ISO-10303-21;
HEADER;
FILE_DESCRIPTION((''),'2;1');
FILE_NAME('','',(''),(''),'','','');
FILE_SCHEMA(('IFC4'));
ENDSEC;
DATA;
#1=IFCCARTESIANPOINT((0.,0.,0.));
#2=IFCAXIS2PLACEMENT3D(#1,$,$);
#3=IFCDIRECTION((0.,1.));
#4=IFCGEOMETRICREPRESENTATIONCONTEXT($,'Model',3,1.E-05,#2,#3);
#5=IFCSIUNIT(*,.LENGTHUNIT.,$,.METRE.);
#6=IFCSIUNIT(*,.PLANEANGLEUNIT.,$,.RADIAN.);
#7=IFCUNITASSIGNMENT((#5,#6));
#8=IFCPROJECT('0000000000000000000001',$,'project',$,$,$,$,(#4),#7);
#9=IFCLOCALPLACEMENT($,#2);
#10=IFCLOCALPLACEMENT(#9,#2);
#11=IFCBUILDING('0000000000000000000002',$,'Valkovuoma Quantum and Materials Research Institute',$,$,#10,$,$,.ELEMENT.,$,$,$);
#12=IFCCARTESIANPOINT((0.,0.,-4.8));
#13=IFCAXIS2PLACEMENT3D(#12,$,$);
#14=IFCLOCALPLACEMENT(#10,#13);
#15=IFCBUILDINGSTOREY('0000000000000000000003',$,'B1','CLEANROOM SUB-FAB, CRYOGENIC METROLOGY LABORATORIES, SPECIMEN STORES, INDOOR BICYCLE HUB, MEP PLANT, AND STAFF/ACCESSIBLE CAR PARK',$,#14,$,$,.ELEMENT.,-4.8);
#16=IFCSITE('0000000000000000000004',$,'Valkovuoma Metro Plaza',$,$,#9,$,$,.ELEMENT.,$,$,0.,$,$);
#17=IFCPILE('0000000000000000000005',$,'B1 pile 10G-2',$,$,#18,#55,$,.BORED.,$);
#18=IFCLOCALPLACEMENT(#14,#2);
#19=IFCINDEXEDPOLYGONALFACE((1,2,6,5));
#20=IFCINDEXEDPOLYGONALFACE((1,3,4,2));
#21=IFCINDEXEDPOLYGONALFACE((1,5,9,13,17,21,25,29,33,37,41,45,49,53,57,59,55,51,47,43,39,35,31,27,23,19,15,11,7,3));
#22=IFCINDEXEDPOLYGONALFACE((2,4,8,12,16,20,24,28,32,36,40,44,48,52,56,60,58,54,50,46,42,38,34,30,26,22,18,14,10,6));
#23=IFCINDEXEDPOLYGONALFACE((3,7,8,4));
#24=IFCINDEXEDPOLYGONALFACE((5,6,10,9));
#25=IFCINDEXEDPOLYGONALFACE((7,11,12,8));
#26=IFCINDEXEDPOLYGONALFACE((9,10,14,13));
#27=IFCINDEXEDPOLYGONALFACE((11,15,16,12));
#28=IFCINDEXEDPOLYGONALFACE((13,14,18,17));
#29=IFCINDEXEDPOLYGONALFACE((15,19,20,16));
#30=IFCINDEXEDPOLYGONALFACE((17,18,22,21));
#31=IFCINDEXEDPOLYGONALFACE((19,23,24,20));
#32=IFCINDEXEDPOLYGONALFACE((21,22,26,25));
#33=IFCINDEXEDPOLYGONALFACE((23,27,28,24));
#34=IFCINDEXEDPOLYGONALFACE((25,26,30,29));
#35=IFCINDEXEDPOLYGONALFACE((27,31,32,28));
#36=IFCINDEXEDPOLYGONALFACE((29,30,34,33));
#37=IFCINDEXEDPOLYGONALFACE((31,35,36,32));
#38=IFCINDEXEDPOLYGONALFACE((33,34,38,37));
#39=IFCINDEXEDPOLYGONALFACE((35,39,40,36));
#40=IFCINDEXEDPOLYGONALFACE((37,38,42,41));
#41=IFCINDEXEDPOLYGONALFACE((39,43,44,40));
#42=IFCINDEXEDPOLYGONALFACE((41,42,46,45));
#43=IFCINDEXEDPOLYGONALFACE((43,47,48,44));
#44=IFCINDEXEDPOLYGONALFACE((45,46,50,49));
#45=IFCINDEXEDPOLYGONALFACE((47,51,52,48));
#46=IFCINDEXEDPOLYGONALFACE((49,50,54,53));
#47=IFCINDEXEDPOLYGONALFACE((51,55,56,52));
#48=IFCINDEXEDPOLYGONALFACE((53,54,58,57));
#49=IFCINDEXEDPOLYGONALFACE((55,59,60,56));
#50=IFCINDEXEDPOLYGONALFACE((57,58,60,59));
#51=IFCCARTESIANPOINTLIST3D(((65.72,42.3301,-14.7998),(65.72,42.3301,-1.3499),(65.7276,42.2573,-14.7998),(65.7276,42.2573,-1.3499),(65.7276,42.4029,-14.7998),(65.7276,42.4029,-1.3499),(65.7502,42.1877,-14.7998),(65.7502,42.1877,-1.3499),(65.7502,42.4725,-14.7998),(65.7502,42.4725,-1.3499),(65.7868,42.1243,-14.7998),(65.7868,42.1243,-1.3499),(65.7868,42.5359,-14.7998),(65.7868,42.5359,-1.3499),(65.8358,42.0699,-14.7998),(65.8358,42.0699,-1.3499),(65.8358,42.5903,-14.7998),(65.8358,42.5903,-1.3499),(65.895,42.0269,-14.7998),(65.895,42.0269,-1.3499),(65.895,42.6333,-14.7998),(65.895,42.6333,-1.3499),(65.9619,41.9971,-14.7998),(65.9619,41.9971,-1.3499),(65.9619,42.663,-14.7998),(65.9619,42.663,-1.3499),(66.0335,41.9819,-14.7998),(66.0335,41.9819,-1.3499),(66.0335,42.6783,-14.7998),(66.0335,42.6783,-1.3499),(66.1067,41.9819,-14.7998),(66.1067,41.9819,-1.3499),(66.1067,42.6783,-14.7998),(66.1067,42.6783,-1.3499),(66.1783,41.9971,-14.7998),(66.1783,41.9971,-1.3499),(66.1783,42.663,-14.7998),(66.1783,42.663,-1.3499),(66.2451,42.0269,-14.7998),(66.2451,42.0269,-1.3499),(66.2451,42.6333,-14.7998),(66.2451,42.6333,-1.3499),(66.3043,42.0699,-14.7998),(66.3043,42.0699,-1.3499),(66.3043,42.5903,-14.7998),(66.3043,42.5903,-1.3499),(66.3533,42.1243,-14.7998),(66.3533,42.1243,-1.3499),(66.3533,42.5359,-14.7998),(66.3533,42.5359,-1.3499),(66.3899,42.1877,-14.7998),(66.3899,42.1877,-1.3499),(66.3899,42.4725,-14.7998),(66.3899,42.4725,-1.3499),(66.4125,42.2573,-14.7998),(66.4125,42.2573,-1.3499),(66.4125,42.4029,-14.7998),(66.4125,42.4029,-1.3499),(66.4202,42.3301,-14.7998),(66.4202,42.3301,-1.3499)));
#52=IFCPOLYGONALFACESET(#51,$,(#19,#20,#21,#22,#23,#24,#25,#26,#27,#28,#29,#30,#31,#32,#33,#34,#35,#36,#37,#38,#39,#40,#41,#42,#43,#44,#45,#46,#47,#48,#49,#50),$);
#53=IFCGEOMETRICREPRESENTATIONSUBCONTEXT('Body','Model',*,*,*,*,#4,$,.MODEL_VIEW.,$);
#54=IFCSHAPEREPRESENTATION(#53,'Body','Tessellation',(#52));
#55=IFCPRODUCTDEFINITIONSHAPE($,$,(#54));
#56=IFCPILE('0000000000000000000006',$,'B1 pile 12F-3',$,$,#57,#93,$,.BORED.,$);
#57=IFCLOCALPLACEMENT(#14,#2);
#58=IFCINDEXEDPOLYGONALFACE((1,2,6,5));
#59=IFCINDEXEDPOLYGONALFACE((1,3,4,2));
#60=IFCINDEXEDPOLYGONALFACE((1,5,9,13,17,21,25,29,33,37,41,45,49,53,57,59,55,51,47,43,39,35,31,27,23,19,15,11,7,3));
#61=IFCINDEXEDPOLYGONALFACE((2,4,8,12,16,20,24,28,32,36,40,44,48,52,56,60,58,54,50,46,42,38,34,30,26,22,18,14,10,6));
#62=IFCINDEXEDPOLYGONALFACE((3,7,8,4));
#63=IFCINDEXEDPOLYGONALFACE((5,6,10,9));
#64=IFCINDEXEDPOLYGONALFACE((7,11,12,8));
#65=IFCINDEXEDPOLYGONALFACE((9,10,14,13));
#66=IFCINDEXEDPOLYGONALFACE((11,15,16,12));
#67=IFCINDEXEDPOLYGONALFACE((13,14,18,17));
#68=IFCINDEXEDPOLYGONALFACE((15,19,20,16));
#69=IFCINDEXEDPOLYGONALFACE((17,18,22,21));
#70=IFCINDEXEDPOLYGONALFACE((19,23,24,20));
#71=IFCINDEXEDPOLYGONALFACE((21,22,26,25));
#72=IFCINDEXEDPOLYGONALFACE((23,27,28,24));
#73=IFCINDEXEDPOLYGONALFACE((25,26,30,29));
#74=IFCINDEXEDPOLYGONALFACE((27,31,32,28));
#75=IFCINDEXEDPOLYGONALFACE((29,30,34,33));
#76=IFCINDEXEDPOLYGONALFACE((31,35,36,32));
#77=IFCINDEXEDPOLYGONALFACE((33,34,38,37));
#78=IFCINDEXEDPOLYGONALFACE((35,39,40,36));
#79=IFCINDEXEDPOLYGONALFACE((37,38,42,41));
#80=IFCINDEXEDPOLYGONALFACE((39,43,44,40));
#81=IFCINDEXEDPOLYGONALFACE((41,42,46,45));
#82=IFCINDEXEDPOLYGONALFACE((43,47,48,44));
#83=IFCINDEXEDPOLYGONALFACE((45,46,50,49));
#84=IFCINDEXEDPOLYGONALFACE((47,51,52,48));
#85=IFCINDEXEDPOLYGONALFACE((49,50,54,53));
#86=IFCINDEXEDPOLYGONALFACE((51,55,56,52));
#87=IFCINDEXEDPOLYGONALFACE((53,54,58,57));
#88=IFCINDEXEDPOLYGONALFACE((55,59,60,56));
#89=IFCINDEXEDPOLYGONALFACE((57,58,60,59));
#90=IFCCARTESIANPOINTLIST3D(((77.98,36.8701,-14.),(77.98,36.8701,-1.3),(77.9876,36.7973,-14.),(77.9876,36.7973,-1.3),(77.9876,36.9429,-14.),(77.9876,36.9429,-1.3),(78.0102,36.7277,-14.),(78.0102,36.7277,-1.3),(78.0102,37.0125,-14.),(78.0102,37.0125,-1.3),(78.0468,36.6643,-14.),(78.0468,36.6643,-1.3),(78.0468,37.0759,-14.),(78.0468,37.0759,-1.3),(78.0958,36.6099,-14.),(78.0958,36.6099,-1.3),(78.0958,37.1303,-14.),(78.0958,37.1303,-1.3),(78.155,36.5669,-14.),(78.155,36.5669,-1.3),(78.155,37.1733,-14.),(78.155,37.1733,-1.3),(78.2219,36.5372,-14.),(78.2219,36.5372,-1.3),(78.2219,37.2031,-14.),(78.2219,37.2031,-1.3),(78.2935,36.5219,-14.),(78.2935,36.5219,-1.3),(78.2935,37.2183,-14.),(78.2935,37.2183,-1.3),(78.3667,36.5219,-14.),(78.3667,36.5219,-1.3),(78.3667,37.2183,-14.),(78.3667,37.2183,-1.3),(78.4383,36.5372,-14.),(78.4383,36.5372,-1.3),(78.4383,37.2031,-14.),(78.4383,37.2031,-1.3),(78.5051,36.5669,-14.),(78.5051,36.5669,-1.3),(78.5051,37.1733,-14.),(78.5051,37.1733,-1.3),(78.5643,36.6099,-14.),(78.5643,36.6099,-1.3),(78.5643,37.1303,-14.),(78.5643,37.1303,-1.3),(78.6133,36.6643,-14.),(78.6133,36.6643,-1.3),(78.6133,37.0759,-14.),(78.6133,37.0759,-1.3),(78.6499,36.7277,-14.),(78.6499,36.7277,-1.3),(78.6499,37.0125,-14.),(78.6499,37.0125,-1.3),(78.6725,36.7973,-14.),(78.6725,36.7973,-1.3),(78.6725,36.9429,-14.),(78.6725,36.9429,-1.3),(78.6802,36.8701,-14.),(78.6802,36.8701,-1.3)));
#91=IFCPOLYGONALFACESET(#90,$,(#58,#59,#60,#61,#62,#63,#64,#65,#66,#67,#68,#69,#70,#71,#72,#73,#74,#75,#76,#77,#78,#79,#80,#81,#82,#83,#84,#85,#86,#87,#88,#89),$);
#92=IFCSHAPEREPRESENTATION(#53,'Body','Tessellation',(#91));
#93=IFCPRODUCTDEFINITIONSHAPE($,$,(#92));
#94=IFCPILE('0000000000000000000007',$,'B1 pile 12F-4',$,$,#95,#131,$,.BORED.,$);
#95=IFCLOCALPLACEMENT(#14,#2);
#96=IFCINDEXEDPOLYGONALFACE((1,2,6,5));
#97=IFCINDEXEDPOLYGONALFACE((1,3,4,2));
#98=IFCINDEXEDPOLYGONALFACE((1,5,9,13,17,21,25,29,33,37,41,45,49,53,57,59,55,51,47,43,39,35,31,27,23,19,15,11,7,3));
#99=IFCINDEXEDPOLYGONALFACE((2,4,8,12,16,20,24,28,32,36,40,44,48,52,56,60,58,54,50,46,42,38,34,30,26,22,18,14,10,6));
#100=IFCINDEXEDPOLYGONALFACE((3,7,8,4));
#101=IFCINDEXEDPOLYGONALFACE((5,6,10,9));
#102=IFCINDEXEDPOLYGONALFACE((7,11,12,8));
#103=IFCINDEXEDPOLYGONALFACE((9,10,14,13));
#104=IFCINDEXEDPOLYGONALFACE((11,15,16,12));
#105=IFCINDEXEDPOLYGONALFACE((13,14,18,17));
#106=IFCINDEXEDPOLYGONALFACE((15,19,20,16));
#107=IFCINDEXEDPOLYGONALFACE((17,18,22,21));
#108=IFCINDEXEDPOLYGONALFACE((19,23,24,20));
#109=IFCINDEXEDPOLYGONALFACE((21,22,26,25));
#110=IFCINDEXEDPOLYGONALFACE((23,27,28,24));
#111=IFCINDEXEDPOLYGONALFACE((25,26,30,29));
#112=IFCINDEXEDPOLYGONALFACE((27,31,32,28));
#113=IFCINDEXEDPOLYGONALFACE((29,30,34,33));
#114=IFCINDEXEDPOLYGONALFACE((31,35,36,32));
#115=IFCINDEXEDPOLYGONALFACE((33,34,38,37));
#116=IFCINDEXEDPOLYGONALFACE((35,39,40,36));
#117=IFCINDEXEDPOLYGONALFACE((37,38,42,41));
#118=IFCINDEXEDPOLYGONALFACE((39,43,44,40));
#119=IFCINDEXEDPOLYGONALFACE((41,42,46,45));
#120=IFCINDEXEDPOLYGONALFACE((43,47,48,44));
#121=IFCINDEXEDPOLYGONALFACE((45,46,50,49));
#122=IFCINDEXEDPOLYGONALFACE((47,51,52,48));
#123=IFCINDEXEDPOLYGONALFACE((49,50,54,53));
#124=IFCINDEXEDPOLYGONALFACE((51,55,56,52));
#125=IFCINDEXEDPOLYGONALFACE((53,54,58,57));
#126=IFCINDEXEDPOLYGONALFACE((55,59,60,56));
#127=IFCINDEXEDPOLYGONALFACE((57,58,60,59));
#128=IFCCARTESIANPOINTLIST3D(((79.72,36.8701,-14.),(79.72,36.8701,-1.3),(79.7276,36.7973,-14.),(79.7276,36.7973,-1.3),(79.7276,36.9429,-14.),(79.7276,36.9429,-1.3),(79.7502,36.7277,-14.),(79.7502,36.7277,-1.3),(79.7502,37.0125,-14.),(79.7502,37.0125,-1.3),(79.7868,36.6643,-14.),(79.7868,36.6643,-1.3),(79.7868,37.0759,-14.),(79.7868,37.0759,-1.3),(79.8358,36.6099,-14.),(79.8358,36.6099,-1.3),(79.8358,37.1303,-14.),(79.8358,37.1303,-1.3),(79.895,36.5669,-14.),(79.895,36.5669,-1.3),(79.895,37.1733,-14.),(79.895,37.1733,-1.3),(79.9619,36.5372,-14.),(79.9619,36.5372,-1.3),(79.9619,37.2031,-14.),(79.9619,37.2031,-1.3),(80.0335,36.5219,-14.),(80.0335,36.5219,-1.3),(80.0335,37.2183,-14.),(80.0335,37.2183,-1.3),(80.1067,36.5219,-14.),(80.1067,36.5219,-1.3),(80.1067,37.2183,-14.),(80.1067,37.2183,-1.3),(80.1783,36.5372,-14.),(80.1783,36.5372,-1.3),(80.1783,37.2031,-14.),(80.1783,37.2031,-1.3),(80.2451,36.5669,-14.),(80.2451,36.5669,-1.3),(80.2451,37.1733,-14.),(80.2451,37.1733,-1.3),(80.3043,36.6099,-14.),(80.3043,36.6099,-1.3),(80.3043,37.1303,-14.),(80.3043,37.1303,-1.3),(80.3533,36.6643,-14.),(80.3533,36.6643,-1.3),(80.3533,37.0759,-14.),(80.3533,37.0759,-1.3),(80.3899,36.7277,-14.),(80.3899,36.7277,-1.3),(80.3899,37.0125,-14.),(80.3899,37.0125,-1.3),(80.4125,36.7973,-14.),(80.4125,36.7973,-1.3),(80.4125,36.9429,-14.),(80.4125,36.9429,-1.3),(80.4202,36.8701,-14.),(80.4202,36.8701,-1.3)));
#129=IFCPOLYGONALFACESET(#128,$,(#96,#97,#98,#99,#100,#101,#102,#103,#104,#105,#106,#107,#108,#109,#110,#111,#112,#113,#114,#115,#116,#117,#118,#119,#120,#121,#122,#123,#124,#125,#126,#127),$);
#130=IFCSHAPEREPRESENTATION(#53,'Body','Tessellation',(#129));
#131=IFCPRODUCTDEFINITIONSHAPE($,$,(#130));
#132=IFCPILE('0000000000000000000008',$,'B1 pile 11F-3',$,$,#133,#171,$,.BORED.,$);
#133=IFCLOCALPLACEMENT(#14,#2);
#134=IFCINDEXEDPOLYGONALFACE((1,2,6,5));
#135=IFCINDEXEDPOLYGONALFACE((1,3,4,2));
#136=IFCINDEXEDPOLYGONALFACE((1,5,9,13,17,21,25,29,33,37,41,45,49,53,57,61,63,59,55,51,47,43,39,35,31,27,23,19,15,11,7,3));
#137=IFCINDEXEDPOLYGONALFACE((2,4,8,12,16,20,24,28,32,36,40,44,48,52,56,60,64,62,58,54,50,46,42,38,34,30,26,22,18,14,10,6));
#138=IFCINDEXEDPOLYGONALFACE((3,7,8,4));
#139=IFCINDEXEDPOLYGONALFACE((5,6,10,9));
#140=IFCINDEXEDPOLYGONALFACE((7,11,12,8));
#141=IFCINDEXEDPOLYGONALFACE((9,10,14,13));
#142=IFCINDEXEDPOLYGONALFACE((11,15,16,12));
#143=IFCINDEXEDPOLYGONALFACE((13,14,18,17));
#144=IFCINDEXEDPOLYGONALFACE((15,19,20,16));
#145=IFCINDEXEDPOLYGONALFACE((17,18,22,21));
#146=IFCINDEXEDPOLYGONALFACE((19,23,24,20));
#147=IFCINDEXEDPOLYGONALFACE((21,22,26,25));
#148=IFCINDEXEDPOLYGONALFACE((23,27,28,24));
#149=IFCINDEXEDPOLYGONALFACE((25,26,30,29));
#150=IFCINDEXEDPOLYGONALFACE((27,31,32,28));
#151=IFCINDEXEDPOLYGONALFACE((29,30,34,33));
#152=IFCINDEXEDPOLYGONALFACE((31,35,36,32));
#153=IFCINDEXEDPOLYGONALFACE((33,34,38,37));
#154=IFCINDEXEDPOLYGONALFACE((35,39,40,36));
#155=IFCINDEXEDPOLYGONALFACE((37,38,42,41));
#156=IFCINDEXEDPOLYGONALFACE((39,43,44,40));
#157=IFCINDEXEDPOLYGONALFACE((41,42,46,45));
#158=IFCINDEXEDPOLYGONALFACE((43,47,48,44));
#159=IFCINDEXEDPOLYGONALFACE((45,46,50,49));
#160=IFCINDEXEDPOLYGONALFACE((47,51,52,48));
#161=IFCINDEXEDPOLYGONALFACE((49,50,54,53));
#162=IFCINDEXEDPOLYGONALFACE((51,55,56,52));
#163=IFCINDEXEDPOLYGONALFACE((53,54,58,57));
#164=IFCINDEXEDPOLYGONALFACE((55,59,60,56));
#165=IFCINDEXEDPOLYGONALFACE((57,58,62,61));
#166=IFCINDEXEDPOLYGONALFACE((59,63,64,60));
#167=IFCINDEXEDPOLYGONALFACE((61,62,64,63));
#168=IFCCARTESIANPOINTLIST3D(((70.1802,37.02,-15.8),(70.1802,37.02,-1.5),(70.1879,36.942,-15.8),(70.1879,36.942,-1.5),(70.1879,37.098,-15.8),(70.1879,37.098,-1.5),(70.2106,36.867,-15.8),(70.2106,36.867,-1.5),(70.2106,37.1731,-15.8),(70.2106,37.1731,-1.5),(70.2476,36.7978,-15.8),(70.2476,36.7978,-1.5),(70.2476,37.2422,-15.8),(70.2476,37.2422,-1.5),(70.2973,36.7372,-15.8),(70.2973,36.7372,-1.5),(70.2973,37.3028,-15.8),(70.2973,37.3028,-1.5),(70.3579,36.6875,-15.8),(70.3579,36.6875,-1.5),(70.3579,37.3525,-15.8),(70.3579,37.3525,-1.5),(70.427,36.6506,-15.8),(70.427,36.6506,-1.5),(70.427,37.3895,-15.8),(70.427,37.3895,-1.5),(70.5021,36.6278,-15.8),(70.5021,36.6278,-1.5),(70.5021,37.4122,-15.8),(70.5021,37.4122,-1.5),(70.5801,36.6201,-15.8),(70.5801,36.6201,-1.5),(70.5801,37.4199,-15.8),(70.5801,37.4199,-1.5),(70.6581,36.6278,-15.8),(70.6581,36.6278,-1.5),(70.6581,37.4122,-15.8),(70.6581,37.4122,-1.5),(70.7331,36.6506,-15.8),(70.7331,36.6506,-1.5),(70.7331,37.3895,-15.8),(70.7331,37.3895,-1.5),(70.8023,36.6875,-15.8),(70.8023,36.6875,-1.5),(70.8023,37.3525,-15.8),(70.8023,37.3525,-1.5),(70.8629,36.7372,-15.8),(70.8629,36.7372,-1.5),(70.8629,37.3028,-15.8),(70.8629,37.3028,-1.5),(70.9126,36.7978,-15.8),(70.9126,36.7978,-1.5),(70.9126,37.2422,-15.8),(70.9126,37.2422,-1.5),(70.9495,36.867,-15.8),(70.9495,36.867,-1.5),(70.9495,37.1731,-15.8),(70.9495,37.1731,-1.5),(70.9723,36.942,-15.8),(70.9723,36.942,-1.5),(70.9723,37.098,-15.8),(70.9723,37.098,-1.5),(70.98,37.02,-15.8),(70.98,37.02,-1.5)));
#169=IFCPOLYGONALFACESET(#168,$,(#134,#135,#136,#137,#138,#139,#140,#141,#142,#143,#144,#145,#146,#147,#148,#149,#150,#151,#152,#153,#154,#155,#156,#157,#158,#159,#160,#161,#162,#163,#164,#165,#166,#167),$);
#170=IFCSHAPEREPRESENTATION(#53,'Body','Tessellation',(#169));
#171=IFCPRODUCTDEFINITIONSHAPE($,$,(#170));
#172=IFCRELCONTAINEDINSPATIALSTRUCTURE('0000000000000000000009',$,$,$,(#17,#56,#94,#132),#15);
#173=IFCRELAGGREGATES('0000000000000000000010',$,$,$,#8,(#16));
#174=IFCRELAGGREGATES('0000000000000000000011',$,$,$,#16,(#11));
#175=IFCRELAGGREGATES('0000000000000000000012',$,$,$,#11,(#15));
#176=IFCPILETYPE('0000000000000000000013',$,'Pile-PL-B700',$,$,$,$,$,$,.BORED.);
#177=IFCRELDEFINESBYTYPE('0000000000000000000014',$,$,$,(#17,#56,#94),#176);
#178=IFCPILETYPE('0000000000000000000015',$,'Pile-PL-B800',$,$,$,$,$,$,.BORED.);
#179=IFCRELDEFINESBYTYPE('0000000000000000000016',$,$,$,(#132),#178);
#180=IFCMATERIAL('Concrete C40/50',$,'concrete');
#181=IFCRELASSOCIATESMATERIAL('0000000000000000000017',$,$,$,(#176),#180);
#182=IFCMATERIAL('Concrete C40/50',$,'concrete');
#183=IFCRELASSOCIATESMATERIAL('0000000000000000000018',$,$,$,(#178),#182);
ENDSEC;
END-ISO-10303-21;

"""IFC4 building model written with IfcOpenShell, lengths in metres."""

from ifc_helpers import new_model, si_unit, direction, frame, origin, origin_2d, place, context, subcontext, project, spatial, circle, extrude, material, material_profile, profile_set, type_object, element, save


model = new_model("IFC4")

# Units and contexts
model_context = context("Model", 3, precision=1e-05, world=origin(), true_north=direction((0.0, 1.0)))
body_context = subcontext(model_context, "Body", "Model", "MODEL_VIEW")
ifc_project = project(units=[si_unit("LENGTHUNIT", "METRE"), si_unit("PLANEANGLEUNIT", "RADIAN")], contexts=[model_context])

# Site, building, storey
site_placement = place(None, origin())
site = spatial("IfcSite", under=ifc_project, at=site_placement, Name="Valkovuoma Metro Plaza", CompositionType="ELEMENT", RefElevation=0.0)
building_placement = place(site_placement, origin())
building = spatial("IfcBuilding", under=site, at=building_placement, Name="Valkovuoma Quantum and Materials Research Institute", CompositionType="ELEMENT")
storey_placement = place(building_placement, frame((0.0, 0.0, -4.8)))
storey = spatial("IfcBuildingStorey", under=building, at=storey_placement, Name="B1", Description="CLEANROOM SUB-FAB, CRYOGENIC METROLOGY LABORATORIES, SPECIMEN STORES, INDOOR BICYCLE HUB, MEP PLANT, AND STAFF/ACCESSIBLE CAR PARK", CompositionType="ELEMENT", Elevation=-4.8)

# Piles
ifc_material_1 = material(Name="Concrete C40/50", Category="concrete")
ifc_material_profile_1 = material_profile(ifc_material_1, circle(Radius=0.3501, at=origin_2d()), Name="Concrete C40/50")
ifc_profile_set_1 = profile_set([ifc_material_profile_1], Name="Concrete C40/50")
pile_type_1 = type_object("IfcPileType", Name="Pile-PL-B700", PredefinedType="BORED", material=ifc_profile_set_1)
for number, where, z_axis, x_axis, name in (
    (1, (66.0701, 42.3301, -1.3499), (0.0, 0.0, -1.0), (1.0, 0.0, 0.0), "B1 pile 10G-2"),
):
    element("IfcPile", number, at=place(storey_placement, frame(where, z_axis=z_axis, x_axis=x_axis)), inside=storey, type_object=pile_type_1, Name=name, PredefinedType="BORED", context=body_context, shape_type="SweptSolid", body=[
        extrude(circle(Radius=0.3501, at=origin_2d()), origin(), (0.0, 0.0, 1.0), 13.45),
    ])
for number, where, z_axis, x_axis, name in (
    (2, (78.3301, 36.8701, -1.3), (0.0, 0.0, -1.0), (1.0, 0.0, 0.0), "B1 pile 12F-3"),
    (3, (80.0701, 36.8701, -1.3), (0.0, 0.0, -1.0), (1.0, 0.0, 0.0), "B1 pile 12F-4"),
):
    element("IfcPile", number, at=place(storey_placement, frame(where, z_axis=z_axis, x_axis=x_axis)), inside=storey, type_object=pile_type_1, Name=name, PredefinedType="BORED", context=body_context, shape_type="SweptSolid", body=[
        extrude(circle(Radius=0.3501, at=origin_2d()), origin(), (0.0, 0.0, 1.0), 12.7),
    ])
ifc_material_2 = material(Name="Concrete C40/50", Category="concrete")
ifc_material_profile_2 = material_profile(ifc_material_2, circle(Radius=0.3999, at=origin_2d()), Name="Concrete C40/50")
ifc_profile_set_2 = profile_set([ifc_material_profile_2], Name="Concrete C40/50")
pile_type_2 = type_object("IfcPileType", Name="Pile-PL-B800", PredefinedType="BORED", material=ifc_profile_set_2)
for number, where, z_axis, x_axis, name in (
    (4, (70.5801, 37.02, -1.5), (0.0, 0.0, -1.0), (1.0, 0.0, 0.0), "B1 pile 11F-3"),
):
    element("IfcPile", number, at=place(storey_placement, frame(where, z_axis=z_axis, x_axis=x_axis)), inside=storey, type_object=pile_type_2, Name=name, PredefinedType="BORED", context=body_context, shape_type="SweptSolid", body=[
        extrude(circle(Radius=0.3999, at=origin_2d()), origin(), (0.0, 0.0, 1.0), 14.3),
    ])

save(model, "model.ifc")
